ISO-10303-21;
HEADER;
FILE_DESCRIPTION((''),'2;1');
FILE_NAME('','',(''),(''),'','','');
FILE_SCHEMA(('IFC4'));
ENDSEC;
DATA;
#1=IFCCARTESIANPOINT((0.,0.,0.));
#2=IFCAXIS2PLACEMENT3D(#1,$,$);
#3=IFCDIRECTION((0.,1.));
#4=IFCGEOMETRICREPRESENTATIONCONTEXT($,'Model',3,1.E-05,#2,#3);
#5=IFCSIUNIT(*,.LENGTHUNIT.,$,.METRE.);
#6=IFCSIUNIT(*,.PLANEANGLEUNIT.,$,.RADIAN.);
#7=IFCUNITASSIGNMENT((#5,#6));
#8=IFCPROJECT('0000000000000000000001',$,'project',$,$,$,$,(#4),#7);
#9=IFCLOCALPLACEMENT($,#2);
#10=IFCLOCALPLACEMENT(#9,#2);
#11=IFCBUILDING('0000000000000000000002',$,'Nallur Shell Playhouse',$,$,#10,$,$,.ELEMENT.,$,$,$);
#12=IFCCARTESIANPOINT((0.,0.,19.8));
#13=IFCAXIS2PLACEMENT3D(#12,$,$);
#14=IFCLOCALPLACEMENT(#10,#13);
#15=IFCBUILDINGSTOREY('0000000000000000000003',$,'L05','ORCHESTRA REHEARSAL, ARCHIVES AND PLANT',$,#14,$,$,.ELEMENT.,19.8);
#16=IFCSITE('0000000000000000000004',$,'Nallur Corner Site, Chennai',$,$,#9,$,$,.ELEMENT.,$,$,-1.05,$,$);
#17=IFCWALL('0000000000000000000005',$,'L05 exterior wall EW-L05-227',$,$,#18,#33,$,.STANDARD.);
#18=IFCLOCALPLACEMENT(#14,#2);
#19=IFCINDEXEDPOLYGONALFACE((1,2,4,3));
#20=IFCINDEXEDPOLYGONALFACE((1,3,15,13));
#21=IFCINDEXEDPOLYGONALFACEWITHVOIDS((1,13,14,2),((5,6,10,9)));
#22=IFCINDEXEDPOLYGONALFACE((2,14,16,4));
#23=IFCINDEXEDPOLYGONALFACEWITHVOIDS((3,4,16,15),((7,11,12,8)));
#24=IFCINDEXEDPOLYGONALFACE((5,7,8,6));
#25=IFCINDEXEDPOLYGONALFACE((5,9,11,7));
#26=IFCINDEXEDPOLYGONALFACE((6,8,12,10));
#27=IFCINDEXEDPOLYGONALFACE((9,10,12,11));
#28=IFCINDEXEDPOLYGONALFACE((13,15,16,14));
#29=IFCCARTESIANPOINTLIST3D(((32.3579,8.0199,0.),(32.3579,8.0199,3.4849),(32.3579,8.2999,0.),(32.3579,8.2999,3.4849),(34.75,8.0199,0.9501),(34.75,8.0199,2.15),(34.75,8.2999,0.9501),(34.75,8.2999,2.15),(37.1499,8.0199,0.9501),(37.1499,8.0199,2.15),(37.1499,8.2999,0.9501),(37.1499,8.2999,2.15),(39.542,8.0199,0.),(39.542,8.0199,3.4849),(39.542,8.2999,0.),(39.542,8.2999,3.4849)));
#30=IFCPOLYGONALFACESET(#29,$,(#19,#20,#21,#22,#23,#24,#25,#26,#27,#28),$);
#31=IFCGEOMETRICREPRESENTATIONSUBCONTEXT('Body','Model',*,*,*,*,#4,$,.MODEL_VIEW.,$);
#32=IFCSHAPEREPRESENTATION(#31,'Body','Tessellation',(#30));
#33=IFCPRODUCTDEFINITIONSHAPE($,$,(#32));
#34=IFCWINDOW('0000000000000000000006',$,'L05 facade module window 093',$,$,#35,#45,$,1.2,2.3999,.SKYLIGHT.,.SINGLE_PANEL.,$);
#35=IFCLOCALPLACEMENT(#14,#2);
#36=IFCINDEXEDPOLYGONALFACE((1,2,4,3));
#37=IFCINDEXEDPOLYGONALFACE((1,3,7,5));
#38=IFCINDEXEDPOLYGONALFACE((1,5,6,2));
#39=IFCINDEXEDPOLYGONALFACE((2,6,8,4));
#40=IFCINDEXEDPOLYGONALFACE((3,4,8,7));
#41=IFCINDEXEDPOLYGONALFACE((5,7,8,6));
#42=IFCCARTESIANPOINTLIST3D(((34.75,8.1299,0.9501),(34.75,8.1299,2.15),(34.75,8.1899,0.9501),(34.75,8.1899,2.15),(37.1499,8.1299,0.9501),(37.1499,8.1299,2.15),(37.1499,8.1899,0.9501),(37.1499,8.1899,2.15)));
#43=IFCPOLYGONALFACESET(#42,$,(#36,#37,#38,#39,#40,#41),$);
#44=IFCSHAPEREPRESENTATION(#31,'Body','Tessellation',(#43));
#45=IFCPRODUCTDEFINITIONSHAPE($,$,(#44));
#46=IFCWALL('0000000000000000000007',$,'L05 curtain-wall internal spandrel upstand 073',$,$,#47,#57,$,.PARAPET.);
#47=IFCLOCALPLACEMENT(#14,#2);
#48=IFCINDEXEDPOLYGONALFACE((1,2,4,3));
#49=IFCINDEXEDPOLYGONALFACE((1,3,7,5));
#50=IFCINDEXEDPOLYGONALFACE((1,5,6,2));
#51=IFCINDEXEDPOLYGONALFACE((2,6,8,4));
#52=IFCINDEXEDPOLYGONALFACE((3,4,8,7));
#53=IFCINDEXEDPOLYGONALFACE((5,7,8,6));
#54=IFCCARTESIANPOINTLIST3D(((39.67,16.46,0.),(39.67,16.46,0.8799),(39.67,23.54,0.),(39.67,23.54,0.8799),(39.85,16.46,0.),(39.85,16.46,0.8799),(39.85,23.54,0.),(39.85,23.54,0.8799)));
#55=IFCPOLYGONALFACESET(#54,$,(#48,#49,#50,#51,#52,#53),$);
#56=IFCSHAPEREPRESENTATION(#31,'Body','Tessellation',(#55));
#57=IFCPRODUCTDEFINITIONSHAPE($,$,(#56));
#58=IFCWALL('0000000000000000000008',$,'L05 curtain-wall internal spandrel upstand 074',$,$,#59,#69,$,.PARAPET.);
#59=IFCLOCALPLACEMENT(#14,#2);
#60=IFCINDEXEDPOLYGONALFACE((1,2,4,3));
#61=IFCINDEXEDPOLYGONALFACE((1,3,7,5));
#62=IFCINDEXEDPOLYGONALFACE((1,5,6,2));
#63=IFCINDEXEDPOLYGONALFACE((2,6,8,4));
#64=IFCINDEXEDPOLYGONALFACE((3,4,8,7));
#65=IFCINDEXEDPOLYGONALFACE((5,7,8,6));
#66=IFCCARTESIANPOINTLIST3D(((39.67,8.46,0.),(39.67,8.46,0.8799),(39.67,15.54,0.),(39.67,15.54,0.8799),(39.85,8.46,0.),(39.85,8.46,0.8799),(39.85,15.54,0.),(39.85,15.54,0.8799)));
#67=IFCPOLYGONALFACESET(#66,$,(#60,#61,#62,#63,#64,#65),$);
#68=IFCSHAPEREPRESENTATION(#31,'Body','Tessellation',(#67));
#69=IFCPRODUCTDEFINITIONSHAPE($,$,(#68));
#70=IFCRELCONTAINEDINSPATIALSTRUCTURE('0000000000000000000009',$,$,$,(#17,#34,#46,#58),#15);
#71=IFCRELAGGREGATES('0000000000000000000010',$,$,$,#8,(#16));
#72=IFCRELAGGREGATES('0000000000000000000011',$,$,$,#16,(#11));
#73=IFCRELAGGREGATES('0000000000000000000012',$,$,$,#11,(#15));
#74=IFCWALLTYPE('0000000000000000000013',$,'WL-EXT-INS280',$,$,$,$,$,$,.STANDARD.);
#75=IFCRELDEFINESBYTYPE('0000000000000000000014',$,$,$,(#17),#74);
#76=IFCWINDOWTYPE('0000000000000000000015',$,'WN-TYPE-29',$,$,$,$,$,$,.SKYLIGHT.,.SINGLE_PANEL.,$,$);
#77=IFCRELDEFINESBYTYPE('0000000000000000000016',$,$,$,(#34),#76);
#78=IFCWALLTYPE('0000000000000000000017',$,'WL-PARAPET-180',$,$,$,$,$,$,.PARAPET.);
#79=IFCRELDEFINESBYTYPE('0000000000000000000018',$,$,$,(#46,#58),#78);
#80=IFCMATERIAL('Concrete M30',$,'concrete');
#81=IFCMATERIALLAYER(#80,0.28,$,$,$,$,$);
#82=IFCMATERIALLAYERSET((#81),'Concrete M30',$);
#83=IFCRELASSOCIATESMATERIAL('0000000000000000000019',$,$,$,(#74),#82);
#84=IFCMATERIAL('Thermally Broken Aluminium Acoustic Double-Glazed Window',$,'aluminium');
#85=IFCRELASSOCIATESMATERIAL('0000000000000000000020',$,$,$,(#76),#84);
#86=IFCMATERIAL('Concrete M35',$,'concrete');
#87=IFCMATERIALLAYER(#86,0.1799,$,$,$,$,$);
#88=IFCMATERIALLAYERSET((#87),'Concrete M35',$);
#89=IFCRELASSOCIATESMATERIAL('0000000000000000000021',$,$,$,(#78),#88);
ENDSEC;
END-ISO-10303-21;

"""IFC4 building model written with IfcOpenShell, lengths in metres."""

from ifc_helpers import new_model, si_unit, direction, frame, frame_2d, origin, place, context, subcontext, project, spatial, rectangle, extrude, material, layer, layer_set, type_object, element, fill, save


model = new_model("IFC4")

# Units and contexts
model_context = context("Model", 3, precision=1e-05, world=origin(), true_north=direction((0.0, 1.0)))
body_context = subcontext(model_context, "Body", "Model", "MODEL_VIEW")
ifc_project = project(units=[si_unit("LENGTHUNIT", "METRE"), si_unit("PLANEANGLEUNIT", "RADIAN")], contexts=[model_context])

# Site, building, storey
site_placement = place(None, origin())
site = spatial("IfcSite", under=ifc_project, at=site_placement, Name="Nallur Corner Site, Chennai", CompositionType="ELEMENT", RefElevation=-1.05)
building_placement = place(site_placement, origin())
building = spatial("IfcBuilding", under=site, at=building_placement, Name="Nallur Shell Playhouse", CompositionType="ELEMENT")
storey_placement = place(building_placement, frame((0.0, 0.0, 19.8)))
storey = spatial("IfcBuildingStorey", under=building, at=storey_placement, Name="L05", Description="ORCHESTRA REHEARSAL, ARCHIVES AND PLANT", CompositionType="ELEMENT", Elevation=19.8)

# Shared definitions
ifc_material_1 = material(Name="Concrete M35", Category="concrete")

# Wall, opening, window
ifc_material_2 = material(Name="Concrete M30", Category="concrete")
ifc_layer_1 = layer(ifc_material_2, 0.28)
ifc_layer_set_1 = layer_set([ifc_layer_1], Name="Concrete M30")
wall_type_1 = type_object("IfcWallType", Name="WL-EXT-INS280", PredefinedType="STANDARD", material=ifc_layer_set_1)
wall_1_placement = place(storey_placement, frame((39.542, 8.1599, 0.0), z_axis=(0.0, 0.0, 1.0), x_axis=(-1.0, 0.0, 0.0)))
wall_1 = element("IfcWall", 1, at=wall_1_placement, inside=storey, type_object=wall_type_1, Name="L05 exterior wall EW-L05-227", PredefinedType="STANDARD", context=body_context, shape_type="SweptSolid", body=[
    extrude(rectangle(XDim=7.1841, YDim=0.28, at=frame_2d((3.592, 0.0))), origin(), (0.0, 0.0, 1.0), 3.4849),
])
opening_placement = place(wall_1_placement, frame((2.3921, 0.0, 0.95)))
opening = element("IfcOpeningElement", 2, at=opening_placement, cuts=wall_1, PredefinedType="OPENING", context=body_context, shape_type="SweptSolid", body=[
    extrude(rectangle(XDim=2.3999, YDim=1.2, at=frame_2d((1.2, 0.6001))), frame((0.0, 0.1499, 0.0), z_axis=(0.0, -1.0, 0.0), x_axis=(1.0, 0.0, 0.0)), (0.0, 0.0, 1.0), 0.3),
])
ifc_material_3 = material(Name="Thermally Broken Aluminium Acoustic Double-Glazed Window", Category="aluminium")
window_type = type_object("IfcWindowType", Name="WN-TYPE-29", PartitioningType="SINGLE_PANEL", PredefinedType="SKYLIGHT", material=ifc_material_3)
window_placement = place(opening_placement, origin())
window = element("IfcWindow", 3, at=window_placement, inside=storey, type_object=window_type, Name="L05 facade module window 093", OverallHeight=1.2, OverallWidth=2.3999, PartitioningType="SINGLE_PANEL", PredefinedType="SKYLIGHT", context=body_context, shape_type="SweptSolid", body=[
    extrude(rectangle(XDim=2.3999, YDim=1.2, at=frame_2d((1.2, 0.6001))), frame((0.0, 0.03, 0.0), z_axis=(0.0, -1.0, 0.0), x_axis=(1.0, 0.0, 0.0)), (0.0, 0.0, 1.0), 0.0601),
])
fill(opening, window)

# Walls
ifc_layer_2 = layer(ifc_material_1, 0.1799)
ifc_layer_set_2 = layer_set([ifc_layer_2], Name="Concrete M35")
wall_type_2 = type_object("IfcWallType", Name="WL-PARAPET-180", PredefinedType="PARAPET", material=ifc_layer_set_2)
for number, where, z_axis, x_axis, name in (
    (4, (39.76, 23.54, 0.0), (0.0, 0.0, 1.0), (0.0, -1.0, 0.0), "L05 curtain-wall internal spandrel upstand 073"),
    (5, (39.76, 15.54, 0.0), (0.0, 0.0, 1.0), (0.0, -1.0, 0.0), "L05 curtain-wall internal spandrel upstand 074"),
):
    element("IfcWall", number, at=place(storey_placement, frame(where, z_axis=z_axis, x_axis=x_axis)), inside=storey, type_object=wall_type_2, Name=name, PredefinedType="PARAPET", context=body_context, shape_type="SweptSolid", body=[
        extrude(rectangle(XDim=7.0801, YDim=0.1799, at=frame_2d((3.54, 0.0))), origin(), (0.0, 0.0, 1.0), 0.8799),
    ])

save(model, "model.ifc")
